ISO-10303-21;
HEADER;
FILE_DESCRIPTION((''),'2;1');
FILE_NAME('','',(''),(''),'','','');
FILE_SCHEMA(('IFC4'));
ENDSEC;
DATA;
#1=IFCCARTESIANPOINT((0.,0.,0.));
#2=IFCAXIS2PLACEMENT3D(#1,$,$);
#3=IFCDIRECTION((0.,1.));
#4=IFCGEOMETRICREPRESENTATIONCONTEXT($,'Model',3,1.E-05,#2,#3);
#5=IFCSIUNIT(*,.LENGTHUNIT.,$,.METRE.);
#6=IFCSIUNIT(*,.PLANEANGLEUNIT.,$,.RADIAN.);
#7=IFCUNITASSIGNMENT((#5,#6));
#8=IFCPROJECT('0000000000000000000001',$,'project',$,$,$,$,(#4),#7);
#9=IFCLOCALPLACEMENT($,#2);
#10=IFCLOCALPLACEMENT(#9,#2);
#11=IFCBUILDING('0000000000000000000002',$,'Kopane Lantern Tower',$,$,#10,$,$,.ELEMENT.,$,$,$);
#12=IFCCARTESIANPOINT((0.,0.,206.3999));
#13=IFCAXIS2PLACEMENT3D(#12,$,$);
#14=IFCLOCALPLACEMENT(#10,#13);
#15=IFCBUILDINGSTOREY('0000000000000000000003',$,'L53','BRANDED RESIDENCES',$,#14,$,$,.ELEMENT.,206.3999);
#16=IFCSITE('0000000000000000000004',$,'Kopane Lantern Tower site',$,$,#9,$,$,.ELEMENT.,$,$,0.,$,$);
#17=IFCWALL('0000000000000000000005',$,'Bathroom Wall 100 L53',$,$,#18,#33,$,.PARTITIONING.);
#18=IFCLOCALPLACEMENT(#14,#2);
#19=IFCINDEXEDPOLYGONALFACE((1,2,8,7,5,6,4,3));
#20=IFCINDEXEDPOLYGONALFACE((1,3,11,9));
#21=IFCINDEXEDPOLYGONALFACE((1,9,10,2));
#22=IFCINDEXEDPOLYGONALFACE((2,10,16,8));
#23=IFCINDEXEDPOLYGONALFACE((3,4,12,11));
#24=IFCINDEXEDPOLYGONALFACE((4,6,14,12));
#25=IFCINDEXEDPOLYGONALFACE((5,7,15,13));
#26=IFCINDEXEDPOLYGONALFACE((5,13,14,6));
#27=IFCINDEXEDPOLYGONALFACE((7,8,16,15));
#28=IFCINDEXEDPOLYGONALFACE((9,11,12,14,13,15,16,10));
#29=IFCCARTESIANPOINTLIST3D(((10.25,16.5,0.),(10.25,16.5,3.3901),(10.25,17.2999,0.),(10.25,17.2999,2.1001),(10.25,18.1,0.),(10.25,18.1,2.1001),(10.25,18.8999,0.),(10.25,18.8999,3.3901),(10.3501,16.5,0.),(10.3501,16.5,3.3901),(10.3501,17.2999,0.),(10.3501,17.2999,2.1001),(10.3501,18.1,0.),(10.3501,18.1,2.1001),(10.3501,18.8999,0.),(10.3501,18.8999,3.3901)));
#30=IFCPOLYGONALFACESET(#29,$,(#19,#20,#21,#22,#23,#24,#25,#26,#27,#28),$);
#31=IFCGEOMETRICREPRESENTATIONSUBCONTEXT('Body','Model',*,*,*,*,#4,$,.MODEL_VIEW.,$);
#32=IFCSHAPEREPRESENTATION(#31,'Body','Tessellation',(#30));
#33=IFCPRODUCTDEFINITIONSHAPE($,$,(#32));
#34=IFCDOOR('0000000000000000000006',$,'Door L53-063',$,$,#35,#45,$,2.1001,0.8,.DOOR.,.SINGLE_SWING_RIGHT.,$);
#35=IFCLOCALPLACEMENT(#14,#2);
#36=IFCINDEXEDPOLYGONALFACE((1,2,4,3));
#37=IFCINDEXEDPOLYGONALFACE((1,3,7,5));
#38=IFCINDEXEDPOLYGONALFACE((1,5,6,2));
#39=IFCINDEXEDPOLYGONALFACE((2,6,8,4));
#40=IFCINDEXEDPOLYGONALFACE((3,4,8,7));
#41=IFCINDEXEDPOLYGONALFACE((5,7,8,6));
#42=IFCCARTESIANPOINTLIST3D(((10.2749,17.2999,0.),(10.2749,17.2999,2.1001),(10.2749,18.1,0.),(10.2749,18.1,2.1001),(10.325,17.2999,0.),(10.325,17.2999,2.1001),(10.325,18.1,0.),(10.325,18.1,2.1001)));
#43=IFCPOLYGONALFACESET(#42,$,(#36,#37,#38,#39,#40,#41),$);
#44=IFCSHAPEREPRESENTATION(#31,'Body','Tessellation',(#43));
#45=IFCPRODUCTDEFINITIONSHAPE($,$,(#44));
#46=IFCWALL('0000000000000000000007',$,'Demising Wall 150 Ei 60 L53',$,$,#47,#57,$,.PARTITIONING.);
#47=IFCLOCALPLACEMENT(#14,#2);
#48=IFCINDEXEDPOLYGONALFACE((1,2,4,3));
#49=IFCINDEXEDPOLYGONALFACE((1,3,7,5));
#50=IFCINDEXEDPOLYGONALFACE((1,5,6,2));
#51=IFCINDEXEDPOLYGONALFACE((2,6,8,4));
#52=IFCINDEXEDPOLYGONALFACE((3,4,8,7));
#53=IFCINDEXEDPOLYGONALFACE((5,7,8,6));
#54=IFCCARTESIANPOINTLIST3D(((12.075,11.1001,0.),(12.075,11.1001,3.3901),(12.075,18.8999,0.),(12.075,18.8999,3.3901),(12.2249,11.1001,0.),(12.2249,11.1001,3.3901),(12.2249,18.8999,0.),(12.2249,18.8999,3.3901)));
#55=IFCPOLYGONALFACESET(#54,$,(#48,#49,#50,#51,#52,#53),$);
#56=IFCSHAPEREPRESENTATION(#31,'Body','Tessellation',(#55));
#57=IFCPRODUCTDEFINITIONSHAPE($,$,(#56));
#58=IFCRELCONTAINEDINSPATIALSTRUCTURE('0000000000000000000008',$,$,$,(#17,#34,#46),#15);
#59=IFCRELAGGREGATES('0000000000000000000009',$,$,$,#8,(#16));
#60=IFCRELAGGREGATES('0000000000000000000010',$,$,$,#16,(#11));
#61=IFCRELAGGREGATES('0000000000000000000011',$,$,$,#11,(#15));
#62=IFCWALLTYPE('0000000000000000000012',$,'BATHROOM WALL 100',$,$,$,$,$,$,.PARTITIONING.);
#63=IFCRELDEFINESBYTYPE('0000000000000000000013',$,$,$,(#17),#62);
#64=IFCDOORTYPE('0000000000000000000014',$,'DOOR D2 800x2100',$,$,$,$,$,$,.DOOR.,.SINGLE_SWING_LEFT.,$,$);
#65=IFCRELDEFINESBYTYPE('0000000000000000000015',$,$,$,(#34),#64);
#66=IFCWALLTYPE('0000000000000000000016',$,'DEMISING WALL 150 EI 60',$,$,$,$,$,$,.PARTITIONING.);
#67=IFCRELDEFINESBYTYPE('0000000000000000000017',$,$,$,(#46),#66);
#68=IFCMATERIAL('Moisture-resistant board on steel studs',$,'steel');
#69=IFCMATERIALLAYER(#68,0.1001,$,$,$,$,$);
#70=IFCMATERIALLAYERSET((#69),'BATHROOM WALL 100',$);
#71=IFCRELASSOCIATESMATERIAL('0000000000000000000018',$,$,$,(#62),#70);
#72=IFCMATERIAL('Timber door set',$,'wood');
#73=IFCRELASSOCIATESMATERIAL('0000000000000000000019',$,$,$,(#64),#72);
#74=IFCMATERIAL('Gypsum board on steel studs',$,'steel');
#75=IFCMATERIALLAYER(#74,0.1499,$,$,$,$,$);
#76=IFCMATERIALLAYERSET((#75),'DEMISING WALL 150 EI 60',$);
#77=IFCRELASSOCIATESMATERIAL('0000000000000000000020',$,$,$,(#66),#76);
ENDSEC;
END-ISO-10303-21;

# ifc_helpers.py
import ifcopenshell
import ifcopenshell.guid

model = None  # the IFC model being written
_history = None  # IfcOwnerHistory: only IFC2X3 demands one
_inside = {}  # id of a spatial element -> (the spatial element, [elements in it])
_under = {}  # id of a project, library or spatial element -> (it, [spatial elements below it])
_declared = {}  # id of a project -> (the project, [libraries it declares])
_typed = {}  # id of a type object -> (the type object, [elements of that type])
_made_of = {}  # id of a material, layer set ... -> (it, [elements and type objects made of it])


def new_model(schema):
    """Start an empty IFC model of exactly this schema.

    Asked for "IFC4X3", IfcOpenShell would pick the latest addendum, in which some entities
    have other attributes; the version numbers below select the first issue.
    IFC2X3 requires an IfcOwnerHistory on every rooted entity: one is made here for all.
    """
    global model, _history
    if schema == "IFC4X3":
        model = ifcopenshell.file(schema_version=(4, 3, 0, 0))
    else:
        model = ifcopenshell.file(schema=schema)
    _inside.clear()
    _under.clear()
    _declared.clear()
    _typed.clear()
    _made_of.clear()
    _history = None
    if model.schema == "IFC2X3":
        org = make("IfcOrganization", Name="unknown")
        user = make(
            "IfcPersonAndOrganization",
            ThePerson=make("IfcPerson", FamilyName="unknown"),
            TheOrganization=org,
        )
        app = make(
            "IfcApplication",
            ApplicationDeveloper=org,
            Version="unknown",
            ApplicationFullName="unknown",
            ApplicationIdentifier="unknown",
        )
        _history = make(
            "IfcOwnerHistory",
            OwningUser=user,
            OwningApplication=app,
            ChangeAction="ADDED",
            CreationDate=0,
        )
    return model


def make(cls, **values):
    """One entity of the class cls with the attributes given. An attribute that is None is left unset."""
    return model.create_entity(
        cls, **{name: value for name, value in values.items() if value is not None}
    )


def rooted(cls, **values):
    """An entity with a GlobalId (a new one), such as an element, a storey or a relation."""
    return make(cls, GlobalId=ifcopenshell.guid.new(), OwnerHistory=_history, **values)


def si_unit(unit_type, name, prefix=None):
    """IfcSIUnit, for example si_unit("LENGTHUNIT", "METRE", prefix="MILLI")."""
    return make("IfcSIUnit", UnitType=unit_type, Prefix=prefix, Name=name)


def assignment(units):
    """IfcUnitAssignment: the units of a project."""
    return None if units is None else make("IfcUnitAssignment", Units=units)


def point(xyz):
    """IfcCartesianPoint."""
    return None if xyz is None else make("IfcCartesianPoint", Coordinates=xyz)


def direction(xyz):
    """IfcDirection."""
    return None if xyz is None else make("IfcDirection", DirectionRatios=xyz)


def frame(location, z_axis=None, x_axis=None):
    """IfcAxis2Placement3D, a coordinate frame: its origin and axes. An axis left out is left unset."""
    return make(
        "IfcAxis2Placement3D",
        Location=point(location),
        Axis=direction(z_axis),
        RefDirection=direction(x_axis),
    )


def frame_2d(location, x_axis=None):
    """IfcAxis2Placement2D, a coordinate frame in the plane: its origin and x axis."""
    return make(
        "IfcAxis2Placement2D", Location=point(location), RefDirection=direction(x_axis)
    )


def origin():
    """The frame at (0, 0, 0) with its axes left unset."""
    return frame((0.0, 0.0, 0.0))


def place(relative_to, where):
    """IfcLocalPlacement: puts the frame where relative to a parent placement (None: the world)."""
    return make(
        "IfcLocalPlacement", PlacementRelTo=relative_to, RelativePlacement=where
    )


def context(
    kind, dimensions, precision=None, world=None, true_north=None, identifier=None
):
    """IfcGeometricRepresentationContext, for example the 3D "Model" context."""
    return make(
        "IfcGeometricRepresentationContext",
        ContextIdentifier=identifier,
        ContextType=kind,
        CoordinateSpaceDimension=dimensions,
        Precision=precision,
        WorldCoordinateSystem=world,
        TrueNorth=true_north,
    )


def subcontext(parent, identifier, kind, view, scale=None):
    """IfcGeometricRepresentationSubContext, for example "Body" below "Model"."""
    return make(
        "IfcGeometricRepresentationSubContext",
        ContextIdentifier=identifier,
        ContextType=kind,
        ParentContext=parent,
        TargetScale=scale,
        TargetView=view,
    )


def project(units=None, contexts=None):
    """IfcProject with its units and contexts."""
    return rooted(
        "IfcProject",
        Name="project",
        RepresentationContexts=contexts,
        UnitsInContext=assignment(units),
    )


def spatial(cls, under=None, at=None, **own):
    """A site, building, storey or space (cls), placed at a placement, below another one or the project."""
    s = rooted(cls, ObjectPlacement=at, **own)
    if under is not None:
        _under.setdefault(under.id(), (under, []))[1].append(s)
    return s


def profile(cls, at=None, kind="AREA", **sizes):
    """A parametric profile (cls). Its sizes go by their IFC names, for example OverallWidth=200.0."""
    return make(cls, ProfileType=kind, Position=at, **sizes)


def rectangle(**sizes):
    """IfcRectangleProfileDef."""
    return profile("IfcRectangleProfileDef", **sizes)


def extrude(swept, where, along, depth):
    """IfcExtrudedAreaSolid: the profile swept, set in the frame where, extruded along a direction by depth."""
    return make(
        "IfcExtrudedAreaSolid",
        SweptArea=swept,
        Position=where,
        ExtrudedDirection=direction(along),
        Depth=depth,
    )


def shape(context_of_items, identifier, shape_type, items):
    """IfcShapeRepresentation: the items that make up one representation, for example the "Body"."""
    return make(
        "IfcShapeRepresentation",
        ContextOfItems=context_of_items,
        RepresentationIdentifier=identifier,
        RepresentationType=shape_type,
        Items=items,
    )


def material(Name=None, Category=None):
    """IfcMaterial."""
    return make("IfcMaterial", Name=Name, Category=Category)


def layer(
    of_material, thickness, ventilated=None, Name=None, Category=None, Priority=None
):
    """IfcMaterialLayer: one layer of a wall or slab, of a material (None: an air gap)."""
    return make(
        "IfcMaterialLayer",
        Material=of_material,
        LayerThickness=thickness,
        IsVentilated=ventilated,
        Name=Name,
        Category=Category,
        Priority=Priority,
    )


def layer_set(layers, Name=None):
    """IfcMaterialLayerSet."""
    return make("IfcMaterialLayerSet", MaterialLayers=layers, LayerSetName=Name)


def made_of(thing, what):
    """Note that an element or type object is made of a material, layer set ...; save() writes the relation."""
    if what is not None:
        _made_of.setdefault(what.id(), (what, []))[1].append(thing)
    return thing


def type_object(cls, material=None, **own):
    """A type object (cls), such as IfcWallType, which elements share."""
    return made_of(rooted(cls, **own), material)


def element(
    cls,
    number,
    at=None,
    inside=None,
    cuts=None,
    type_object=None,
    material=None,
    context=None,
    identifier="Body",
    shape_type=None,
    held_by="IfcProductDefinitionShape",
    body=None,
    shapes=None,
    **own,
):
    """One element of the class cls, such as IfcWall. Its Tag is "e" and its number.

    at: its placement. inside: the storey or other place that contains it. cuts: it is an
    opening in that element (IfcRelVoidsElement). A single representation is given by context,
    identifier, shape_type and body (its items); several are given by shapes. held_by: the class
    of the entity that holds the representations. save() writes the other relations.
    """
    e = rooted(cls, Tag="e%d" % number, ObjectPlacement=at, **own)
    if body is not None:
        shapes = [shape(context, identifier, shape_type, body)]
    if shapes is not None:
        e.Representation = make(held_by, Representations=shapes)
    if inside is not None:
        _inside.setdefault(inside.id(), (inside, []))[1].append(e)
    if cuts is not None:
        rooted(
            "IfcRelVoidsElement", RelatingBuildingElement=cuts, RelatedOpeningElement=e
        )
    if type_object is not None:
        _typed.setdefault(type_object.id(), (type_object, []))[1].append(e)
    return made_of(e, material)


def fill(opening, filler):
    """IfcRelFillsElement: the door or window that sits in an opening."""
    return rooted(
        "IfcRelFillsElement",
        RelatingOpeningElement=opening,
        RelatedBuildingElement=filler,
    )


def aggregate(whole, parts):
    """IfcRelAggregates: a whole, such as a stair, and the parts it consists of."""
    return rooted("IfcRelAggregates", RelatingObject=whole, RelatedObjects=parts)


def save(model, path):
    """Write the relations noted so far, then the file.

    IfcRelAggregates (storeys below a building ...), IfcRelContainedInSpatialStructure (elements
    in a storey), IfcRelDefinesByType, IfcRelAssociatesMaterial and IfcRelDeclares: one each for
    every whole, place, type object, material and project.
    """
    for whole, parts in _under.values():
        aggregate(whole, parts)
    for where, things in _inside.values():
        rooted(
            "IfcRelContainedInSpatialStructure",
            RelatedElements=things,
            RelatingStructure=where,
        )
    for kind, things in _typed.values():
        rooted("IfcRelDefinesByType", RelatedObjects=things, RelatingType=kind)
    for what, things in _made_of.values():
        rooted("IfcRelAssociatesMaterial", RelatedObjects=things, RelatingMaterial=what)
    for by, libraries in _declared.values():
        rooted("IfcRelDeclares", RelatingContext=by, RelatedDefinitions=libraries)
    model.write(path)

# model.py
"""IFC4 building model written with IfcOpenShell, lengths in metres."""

from ifc_helpers import new_model, si_unit, direction, frame, frame_2d, origin, place, context, subcontext, project, spatial, rectangle, extrude, material, layer, layer_set, type_object, element, fill, save


model = new_model("IFC4")

# Units and contexts
model_context = context("Model", 3, precision=1e-05, world=origin(), true_north=direction((0.0, 1.0)))
body_context = subcontext(model_context, "Body", "Model", "MODEL_VIEW")
ifc_project = project(units=[si_unit("LENGTHUNIT", "METRE"), si_unit("PLANEANGLEUNIT", "RADIAN")], contexts=[model_context])

# Site, building, storey
site_placement = place(None, origin())
site = spatial("IfcSite", under=ifc_project, at=site_placement, Name="Kopane Lantern Tower site", CompositionType="ELEMENT", RefElevation=0.0)
building_placement = place(site_placement, origin())
building = spatial("IfcBuilding", under=site, at=building_placement, Name="Kopane Lantern Tower", CompositionType="ELEMENT")
storey_placement = place(building_placement, frame((0.0, 0.0, 206.3999)))
storey = spatial("IfcBuildingStorey", under=building, at=storey_placement, Name="L53", Description="BRANDED RESIDENCES", CompositionType="ELEMENT", Elevation=206.3999)

# Wall, opening, door
ifc_material_1 = material(Name="Moisture-resistant board on steel studs", Category="steel")
ifc_layer_1 = layer(ifc_material_1, 0.1001)
ifc_layer_set_1 = layer_set([ifc_layer_1], Name="BATHROOM WALL 100")
wall_type_1 = type_object("IfcWallType", Name="BATHROOM WALL 100", PredefinedType="PARTITIONING", material=ifc_layer_set_1)
wall_1_placement = place(storey_placement, frame((10.3, 18.8999, 0.0), z_axis=(0.0, 0.0, 1.0), x_axis=(0.0, -1.0, 0.0)))
wall_1 = element("IfcWall", 1, at=wall_1_placement, inside=storey, type_object=wall_type_1, Name="Bathroom Wall 100 L53", PredefinedType="PARTITIONING", context=body_context, shape_type="SweptSolid", body=[
    extrude(rectangle(XDim=2.3999, YDim=0.1001, at=frame_2d((1.2, 0.0))), origin(), (0.0, 0.0, 1.0), 3.3901),
])
opening_placement = place(wall_1_placement, frame((0.8, 0.0, 0.0)))
opening = element("IfcOpeningElement", 2, at=opening_placement, cuts=wall_1, PredefinedType="OPENING", context=body_context, shape_type="SweptSolid", body=[
    extrude(rectangle(XDim=0.8, YDim=2.1001, at=frame_2d((0.3999, 1.05))), frame((0.0, 0.0601, 0.0), z_axis=(0.0, -1.0, 0.0), x_axis=(1.0, 0.0, 0.0)), (0.0, 0.0, 1.0), 0.1201),
])
ifc_material_2 = material(Name="Timber door set", Category="wood")
door_type = type_object("IfcDoorType", Name="DOOR D2 800x2100", OperationType="SINGLE_SWING_LEFT", PredefinedType="DOOR", material=ifc_material_2)
door_placement = place(opening_placement, origin())
door = element("IfcDoor", 3, at=door_placement, inside=storey, type_object=door_type, Name="Door L53-063", OperationType="SINGLE_SWING_RIGHT", OverallHeight=2.1001, OverallWidth=0.8, PredefinedType="DOOR", context=body_context, shape_type="SweptSolid", body=[
    extrude(rectangle(XDim=0.8, YDim=2.1001, at=frame_2d((0.3999, 1.05))), frame((0.0, 0.0249, 0.0), z_axis=(0.0, -1.0, 0.0), x_axis=(1.0, 0.0, 0.0)), (0.0, 0.0, 1.0), 0.05),
])
fill(opening, door)

# Wall
ifc_material_3 = material(Name="Gypsum board on steel studs", Category="steel")
ifc_layer_2 = layer(ifc_material_3, 0.1499)
ifc_layer_set_2 = layer_set([ifc_layer_2], Name="DEMISING WALL 150 EI 60")
wall_type_2 = type_object("IfcWallType", Name="DEMISING WALL 150 EI 60", PredefinedType="PARTITIONING", material=ifc_layer_set_2)
wall_2_placement = place(storey_placement, frame((12.1499, 18.8999, 0.0), z_axis=(0.0, 0.0, 1.0), x_axis=(0.0, -1.0, 0.0)))
element("IfcWall", 4, at=wall_2_placement, inside=storey, type_object=wall_type_2, Name="Demising Wall 150 Ei 60 L53", PredefinedType="PARTITIONING", context=body_context, shape_type="SweptSolid", body=[
    extrude(rectangle(XDim=7.7998, YDim=0.1499, at=frame_2d((3.8999, 0.0))), origin(), (0.0, 0.0, 1.0), 3.3901),
])

save(model, "model.ifc")
